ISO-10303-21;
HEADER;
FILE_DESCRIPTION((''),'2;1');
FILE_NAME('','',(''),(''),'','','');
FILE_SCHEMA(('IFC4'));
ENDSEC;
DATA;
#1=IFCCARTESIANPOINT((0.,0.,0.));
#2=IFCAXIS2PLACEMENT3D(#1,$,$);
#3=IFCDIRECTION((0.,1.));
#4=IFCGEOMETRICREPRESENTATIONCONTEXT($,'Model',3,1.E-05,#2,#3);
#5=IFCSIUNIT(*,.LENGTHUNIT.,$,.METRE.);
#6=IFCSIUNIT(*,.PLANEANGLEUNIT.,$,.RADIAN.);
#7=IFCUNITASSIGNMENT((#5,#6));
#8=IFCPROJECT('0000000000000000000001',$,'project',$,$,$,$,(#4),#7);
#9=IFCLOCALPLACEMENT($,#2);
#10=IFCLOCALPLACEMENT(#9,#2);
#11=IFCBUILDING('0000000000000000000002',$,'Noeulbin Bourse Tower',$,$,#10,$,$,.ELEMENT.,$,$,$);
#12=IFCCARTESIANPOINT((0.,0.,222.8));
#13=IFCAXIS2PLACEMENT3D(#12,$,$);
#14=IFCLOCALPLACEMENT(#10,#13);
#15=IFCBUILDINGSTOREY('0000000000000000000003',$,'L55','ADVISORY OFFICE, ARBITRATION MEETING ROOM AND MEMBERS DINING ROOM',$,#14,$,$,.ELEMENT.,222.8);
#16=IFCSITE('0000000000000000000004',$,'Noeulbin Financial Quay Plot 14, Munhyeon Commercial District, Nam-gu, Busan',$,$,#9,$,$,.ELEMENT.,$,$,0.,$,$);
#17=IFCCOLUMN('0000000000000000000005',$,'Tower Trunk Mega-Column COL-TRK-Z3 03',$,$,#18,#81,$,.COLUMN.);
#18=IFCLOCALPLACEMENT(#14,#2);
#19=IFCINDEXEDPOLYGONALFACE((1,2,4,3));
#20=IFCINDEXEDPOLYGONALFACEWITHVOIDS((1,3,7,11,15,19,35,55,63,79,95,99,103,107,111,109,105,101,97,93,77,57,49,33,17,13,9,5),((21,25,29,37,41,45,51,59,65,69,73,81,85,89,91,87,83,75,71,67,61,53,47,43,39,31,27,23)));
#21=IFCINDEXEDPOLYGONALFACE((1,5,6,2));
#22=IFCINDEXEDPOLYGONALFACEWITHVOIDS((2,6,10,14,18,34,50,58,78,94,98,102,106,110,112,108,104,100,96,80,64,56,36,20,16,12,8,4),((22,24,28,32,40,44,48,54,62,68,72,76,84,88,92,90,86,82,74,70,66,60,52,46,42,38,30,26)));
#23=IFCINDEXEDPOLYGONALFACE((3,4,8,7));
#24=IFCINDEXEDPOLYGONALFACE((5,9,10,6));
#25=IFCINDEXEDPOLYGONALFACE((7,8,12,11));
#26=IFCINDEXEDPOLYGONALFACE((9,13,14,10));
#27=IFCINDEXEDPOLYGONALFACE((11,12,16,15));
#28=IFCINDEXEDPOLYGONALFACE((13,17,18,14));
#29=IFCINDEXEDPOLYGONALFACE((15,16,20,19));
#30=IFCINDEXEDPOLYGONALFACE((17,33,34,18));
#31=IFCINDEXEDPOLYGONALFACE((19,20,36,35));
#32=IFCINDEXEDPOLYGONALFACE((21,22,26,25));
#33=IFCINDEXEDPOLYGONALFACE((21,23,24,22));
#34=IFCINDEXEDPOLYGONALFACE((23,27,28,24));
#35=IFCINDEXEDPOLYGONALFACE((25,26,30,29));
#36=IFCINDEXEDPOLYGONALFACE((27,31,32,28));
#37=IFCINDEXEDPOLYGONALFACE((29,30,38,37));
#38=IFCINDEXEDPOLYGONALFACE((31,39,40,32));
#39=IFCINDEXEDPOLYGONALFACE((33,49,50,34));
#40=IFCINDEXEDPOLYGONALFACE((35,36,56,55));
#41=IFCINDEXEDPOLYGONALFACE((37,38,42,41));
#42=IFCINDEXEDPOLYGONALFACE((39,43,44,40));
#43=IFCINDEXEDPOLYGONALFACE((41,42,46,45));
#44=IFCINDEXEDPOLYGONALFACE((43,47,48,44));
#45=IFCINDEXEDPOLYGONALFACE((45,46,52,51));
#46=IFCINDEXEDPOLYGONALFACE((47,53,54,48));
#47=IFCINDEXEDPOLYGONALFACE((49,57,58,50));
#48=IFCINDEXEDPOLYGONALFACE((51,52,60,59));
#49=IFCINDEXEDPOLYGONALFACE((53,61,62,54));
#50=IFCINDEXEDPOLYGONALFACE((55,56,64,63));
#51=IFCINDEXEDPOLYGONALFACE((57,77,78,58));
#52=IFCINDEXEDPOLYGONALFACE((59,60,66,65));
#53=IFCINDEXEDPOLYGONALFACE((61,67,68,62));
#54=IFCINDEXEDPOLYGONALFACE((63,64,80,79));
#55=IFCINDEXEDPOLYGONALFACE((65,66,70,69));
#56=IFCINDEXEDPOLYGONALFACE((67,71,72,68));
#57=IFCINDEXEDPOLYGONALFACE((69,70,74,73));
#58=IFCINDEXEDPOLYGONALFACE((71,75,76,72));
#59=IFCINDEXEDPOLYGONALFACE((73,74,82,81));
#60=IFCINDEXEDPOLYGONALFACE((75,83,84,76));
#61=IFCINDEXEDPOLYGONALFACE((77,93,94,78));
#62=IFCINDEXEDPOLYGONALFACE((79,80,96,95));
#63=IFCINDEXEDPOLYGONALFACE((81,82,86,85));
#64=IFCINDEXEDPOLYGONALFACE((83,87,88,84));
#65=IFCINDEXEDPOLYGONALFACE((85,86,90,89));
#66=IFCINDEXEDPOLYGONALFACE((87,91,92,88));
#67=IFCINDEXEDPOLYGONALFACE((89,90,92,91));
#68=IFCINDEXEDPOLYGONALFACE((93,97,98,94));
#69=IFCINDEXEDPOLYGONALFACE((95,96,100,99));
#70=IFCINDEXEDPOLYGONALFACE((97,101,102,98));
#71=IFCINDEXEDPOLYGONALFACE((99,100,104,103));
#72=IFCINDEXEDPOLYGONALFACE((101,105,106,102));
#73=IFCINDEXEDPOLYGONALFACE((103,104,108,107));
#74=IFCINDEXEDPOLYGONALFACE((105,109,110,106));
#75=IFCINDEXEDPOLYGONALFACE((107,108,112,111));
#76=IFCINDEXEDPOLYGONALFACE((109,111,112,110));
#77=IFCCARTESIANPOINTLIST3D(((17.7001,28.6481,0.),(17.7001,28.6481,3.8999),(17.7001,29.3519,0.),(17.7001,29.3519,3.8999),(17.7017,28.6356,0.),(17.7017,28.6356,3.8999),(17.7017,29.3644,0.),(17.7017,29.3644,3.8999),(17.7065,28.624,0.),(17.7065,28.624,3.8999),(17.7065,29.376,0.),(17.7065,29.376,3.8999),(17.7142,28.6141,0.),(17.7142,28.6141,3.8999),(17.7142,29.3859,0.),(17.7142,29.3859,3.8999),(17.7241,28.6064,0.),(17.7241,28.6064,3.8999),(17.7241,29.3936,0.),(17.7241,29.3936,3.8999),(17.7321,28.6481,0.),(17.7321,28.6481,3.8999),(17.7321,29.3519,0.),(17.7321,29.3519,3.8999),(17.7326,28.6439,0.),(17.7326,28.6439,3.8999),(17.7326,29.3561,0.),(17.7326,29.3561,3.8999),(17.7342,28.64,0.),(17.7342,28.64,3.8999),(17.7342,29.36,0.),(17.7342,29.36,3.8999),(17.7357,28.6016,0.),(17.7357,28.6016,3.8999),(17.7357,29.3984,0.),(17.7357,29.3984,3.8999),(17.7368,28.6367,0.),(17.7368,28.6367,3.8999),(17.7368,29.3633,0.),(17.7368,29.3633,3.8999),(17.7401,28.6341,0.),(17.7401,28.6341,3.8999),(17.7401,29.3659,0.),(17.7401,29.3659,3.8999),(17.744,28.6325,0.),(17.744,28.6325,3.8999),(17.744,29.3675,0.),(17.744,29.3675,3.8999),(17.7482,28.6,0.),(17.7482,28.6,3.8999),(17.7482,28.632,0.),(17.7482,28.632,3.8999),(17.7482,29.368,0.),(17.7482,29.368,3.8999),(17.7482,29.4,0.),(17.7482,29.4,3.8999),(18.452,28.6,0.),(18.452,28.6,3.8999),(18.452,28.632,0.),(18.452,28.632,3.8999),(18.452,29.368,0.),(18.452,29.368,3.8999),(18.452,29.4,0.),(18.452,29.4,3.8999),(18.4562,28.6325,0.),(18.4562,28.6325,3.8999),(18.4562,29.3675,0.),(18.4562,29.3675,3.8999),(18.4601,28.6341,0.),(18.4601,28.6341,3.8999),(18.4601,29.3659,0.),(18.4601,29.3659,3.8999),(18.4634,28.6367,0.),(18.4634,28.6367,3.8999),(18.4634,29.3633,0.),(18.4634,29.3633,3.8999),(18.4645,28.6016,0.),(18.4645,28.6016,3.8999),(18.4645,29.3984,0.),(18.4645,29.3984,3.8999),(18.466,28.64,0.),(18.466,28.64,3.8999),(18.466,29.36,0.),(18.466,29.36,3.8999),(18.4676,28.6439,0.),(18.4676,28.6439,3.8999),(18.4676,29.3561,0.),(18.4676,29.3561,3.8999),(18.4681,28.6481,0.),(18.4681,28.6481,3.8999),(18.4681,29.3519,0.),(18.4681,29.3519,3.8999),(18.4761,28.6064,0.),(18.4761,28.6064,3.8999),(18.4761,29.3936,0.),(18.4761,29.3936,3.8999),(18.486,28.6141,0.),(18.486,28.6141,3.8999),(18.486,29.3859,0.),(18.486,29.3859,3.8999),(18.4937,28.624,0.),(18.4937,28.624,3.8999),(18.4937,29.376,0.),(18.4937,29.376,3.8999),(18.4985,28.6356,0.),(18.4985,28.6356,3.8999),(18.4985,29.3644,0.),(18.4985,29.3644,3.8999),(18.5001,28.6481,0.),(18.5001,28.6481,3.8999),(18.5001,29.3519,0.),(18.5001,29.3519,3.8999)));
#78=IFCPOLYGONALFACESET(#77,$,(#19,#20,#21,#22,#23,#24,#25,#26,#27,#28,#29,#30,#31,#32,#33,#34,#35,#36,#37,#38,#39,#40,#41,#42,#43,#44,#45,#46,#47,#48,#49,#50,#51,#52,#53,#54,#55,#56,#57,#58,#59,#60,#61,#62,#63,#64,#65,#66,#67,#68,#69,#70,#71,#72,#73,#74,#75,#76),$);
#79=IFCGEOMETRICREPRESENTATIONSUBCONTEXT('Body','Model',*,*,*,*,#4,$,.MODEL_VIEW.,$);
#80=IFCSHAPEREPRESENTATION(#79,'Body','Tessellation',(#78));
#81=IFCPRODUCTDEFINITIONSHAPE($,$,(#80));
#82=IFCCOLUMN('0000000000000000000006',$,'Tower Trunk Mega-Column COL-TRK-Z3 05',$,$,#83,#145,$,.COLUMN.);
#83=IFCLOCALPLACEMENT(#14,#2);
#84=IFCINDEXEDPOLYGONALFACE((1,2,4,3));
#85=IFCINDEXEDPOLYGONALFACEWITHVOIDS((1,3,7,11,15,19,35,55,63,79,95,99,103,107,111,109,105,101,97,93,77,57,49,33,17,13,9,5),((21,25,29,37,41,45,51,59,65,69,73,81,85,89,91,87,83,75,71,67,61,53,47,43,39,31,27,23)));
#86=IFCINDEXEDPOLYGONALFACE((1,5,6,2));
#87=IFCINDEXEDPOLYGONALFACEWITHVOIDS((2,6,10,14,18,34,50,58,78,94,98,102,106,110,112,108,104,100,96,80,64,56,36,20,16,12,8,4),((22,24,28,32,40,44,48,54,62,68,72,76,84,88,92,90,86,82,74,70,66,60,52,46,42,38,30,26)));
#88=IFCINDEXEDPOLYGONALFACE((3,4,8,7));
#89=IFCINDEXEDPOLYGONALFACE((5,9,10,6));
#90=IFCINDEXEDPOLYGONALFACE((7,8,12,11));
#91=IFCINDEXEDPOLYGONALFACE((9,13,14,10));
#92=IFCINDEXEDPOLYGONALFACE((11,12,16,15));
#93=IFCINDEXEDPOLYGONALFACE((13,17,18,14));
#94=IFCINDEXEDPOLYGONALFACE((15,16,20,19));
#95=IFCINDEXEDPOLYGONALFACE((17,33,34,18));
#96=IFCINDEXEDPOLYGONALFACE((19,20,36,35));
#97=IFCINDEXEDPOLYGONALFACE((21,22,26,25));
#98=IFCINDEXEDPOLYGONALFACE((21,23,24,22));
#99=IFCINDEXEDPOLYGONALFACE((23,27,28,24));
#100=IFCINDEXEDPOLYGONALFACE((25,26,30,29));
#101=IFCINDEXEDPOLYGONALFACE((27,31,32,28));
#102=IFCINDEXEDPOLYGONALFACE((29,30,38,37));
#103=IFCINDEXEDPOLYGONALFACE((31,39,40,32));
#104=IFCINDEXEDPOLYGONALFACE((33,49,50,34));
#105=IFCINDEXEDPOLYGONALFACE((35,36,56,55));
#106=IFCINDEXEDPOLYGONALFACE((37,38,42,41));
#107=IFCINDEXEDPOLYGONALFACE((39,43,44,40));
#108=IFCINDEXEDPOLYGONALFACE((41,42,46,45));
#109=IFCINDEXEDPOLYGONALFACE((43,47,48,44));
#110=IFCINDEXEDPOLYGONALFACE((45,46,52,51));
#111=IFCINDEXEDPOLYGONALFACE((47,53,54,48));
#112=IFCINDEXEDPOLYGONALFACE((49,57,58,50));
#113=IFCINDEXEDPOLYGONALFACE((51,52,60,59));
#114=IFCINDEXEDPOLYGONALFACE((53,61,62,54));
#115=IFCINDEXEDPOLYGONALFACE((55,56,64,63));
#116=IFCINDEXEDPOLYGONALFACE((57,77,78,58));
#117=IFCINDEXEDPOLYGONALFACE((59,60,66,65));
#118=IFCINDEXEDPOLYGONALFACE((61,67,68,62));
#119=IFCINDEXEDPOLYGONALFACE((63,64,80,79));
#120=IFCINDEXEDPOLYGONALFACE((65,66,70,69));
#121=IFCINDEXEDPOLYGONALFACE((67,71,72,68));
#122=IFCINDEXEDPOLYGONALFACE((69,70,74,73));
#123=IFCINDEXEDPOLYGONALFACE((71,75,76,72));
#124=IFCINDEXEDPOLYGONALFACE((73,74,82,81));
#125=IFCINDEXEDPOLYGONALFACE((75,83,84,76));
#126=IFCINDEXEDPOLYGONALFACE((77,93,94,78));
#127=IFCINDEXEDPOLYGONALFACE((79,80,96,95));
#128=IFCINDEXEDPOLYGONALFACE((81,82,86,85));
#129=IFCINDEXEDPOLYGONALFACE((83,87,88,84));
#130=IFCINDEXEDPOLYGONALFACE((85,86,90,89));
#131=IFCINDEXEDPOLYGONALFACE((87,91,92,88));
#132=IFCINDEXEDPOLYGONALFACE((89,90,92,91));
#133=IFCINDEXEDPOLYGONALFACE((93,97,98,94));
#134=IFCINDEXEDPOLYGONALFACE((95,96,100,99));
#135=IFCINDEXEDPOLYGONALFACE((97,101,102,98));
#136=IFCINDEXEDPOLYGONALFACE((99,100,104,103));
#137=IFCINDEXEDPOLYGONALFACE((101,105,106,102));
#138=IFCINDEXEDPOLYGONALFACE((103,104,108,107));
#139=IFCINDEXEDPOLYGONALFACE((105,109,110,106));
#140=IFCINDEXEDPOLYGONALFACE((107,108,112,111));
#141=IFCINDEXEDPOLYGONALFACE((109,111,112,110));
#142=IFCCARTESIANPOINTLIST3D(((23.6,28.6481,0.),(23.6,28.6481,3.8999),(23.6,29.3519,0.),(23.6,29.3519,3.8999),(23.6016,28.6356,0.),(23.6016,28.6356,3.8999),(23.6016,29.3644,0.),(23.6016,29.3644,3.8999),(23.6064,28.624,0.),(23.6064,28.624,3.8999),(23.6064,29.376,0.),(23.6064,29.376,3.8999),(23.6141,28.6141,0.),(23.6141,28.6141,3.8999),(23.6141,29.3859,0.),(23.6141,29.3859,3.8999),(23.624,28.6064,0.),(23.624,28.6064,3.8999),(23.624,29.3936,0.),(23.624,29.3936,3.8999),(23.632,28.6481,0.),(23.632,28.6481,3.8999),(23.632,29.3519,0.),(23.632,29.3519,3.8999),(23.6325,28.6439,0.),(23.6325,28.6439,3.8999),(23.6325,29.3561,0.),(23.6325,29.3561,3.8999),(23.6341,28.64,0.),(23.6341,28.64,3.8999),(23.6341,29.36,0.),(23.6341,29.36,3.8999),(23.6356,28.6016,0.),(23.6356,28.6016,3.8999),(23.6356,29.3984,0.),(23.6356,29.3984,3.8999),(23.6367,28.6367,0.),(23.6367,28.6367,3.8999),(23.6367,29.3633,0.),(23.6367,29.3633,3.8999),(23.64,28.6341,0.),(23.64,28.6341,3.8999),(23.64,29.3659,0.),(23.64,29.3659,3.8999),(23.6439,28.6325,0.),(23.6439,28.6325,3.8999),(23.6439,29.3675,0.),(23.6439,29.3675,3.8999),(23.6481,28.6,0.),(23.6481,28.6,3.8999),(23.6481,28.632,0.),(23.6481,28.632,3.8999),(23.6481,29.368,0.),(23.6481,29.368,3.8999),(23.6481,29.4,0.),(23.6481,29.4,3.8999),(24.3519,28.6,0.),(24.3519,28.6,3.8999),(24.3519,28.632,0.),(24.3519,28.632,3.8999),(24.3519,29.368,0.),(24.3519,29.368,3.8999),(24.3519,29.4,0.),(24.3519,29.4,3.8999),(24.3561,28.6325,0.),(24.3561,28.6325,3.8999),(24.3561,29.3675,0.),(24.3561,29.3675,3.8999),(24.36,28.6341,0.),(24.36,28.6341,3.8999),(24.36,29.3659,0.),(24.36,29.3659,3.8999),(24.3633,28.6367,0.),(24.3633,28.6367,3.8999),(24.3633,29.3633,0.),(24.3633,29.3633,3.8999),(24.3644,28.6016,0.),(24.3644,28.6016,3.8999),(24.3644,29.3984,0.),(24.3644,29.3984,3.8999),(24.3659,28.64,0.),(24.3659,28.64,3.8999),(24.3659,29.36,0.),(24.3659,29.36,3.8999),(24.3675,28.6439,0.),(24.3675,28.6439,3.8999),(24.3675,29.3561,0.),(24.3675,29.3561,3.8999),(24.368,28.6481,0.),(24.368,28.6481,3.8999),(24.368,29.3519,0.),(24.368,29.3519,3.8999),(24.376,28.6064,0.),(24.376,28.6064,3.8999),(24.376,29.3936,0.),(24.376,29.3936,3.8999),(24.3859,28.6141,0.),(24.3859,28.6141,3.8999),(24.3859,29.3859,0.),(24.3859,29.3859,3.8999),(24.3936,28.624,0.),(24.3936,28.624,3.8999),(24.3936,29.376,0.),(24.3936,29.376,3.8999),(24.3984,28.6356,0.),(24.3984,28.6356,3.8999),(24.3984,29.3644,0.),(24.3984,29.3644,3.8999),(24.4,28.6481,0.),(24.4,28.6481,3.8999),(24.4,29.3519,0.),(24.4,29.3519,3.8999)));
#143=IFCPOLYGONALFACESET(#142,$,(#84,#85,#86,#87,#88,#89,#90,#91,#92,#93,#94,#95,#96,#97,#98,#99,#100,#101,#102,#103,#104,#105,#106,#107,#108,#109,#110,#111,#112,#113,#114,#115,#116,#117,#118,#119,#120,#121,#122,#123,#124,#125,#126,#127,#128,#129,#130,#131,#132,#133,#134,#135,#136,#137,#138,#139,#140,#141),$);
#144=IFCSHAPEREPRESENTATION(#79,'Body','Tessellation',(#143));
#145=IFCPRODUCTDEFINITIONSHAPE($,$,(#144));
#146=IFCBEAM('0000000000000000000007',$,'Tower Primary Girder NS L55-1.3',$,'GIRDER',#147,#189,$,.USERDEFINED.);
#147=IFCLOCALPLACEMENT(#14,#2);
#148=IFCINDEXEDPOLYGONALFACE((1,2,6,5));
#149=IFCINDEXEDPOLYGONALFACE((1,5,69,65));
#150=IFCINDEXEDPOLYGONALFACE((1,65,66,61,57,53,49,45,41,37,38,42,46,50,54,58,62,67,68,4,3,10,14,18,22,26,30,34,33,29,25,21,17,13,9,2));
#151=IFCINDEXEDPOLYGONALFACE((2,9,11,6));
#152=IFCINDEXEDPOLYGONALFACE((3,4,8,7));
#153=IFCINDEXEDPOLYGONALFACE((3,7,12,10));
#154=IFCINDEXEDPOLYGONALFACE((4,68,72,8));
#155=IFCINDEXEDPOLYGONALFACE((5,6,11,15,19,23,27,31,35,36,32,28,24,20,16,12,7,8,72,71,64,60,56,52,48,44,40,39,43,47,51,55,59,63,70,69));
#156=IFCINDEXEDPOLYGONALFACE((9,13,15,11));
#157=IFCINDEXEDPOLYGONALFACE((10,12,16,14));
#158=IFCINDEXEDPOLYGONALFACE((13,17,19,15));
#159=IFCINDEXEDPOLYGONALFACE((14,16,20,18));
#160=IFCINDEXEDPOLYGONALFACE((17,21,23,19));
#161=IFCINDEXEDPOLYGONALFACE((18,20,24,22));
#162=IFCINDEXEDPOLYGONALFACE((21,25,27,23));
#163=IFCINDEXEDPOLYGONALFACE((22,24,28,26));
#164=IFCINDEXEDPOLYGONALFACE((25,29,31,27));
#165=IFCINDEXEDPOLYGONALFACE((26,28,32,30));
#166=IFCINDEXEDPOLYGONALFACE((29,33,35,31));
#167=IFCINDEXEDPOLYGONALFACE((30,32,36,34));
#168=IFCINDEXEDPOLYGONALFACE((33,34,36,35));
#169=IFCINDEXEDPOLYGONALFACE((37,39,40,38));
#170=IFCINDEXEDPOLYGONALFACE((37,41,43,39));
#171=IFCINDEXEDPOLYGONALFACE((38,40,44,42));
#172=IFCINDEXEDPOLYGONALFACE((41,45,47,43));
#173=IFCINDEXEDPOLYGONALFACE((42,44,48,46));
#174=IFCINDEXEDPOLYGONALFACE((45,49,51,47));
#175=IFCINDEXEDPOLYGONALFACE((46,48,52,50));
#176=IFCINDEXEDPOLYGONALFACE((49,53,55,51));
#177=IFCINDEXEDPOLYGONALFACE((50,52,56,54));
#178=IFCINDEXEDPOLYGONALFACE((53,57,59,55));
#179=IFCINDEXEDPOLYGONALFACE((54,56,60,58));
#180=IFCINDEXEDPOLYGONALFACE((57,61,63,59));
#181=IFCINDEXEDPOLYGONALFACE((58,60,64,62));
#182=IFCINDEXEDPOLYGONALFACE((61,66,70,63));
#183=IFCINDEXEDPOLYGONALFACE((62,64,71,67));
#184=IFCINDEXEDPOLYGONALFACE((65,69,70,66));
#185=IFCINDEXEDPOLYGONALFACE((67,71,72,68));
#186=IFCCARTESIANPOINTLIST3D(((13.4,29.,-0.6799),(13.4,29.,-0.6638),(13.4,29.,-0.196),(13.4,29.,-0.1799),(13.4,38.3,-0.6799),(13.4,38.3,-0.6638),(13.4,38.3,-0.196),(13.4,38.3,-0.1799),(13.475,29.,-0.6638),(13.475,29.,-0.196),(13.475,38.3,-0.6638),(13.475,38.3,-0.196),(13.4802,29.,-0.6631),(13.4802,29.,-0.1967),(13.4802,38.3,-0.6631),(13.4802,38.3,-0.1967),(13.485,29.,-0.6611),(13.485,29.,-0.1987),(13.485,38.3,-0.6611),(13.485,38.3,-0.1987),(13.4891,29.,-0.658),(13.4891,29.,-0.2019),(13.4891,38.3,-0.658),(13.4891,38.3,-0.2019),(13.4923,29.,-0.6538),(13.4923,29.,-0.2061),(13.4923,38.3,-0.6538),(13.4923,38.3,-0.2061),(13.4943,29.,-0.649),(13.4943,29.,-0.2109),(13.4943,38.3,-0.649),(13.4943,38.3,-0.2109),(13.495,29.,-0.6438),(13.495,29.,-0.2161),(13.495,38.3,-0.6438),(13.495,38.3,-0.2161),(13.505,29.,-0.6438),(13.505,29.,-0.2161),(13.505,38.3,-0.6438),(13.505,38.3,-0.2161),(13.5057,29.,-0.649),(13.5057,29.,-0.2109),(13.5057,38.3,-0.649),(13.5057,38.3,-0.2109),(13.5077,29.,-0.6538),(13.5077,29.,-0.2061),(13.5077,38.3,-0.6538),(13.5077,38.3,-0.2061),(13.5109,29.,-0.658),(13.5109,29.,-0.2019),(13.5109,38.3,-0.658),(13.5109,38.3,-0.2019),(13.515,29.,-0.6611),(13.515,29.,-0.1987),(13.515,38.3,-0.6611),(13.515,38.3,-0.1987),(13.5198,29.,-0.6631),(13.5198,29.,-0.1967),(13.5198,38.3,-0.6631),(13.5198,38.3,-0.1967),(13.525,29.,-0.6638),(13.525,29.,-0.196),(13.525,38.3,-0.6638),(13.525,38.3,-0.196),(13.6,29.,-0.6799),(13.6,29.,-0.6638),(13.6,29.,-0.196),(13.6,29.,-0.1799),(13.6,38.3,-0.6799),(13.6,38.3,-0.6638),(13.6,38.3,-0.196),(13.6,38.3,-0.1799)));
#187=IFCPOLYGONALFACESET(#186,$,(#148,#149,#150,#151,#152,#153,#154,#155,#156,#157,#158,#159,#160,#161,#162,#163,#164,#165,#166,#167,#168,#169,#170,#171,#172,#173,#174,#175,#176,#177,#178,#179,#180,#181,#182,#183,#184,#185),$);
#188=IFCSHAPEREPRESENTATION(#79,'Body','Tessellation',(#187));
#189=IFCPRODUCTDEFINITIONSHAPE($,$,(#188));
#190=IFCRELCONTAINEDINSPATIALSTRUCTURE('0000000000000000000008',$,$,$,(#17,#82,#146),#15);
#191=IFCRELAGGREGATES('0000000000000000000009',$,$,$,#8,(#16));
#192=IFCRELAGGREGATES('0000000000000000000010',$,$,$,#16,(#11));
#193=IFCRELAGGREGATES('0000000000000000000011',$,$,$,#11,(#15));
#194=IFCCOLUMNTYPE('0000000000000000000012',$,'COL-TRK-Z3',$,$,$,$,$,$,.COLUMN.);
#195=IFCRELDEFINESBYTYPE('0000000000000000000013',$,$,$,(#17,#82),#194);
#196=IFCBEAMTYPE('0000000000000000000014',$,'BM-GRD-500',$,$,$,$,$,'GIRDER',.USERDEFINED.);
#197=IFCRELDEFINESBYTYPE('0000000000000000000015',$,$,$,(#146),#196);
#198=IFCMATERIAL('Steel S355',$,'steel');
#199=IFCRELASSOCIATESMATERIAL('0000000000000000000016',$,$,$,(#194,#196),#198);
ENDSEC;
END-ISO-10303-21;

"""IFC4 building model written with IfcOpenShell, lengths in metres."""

from ifc_helpers import new_model, si_unit, direction, frame, origin, origin_2d, place, context, subcontext, project, spatial, hollow_rectangle, i_section, extrude, material, material_profile, profile_set, type_object, element, save


model = new_model("IFC4")

# Units and contexts
model_context = context("Model", 3, precision=1e-05, world=origin(), true_north=direction((0.0, 1.0)))
body_context = subcontext(model_context, "Body", "Model", "MODEL_VIEW")
ifc_project = project(units=[si_unit("LENGTHUNIT", "METRE"), si_unit("PLANEANGLEUNIT", "RADIAN")], contexts=[model_context])

# Site, building, storey
site_placement = place(None, origin())
site = spatial("IfcSite", under=ifc_project, at=site_placement, Name="Noeulbin Financial Quay Plot 14, Munhyeon Commercial District, Nam-gu, Busan", CompositionType="ELEMENT", RefElevation=0.0)
building_placement = place(site_placement, origin())
building = spatial("IfcBuilding", under=site, at=building_placement, Name="Noeulbin Bourse Tower", CompositionType="ELEMENT")
storey_placement = place(building_placement, frame((0.0, 0.0, 222.8)))
storey = spatial("IfcBuildingStorey", under=building, at=storey_placement, Name="L55", Description="ADVISORY OFFICE, ARBITRATION MEETING ROOM AND MEMBERS DINING ROOM", CompositionType="ELEMENT", Elevation=222.8)

# Columns
ifc_material_1 = material(Name="Steel S355", Category="steel")
ifc_material_profile_1 = material_profile(ifc_material_1, hollow_rectangle(XDim=0.8, YDim=0.8, WallThickness=0.032, InnerFilletRadius=0.0161, OuterFilletRadius=0.0481, at=origin_2d()), Name="BOX-800x800x32", Category="LoadBearing")
ifc_profile_set_1 = profile_set([ifc_material_profile_1], Name="Steel S355")
column_type = type_object("IfcColumnType", Name="COL-TRK-Z3", PredefinedType="COLUMN", material=ifc_profile_set_1)
for number, where, z_axis, x_axis, name in (
    (1, (18.1001, 29.0, 0.0), (0.0, 0.0, 1.0), (1.0, 0.0, 0.0), "Tower Trunk Mega-Column COL-TRK-Z3 03"),
    (2, (24.0, 29.0, 0.0), (0.0, 0.0, 1.0), (1.0, 0.0, 0.0), "Tower Trunk Mega-Column COL-TRK-Z3 05"),
):
    element("IfcColumn", number, at=place(storey_placement, frame(where, z_axis=z_axis, x_axis=x_axis)), inside=storey, type_object=column_type, Name=name, PredefinedType="COLUMN", context=body_context, shape_type="SweptSolid", body=[
        extrude(hollow_rectangle(XDim=0.8, YDim=0.8, WallThickness=0.032, InnerFilletRadius=0.0161, OuterFilletRadius=0.0481, at=origin_2d()), origin(), (0.0, 0.0, 1.0), 3.8999),
    ])

# Beam
ifc_material_profile_2 = material_profile(ifc_material_1, i_section(OverallWidth=0.2, OverallDepth=0.5, WebThickness=0.01, FlangeThickness=0.0161, FilletRadius=0.02, at=origin_2d()), Name="H-500x200x10x16", Category="LoadBearing")
ifc_profile_set_2 = profile_set([ifc_material_profile_2], Name="Steel S355")
beam_type_1 = type_object("IfcBeamType", Name="BM-GRD-500", ElementType="GIRDER", PredefinedType="USERDEFINED", material=ifc_profile_set_2)
beam_placement = place(storey_placement, frame((13.5, 29.0, -0.4299), z_axis=(0.0, 1.0, 0.0), x_axis=(-1.0, 0.0, 0.0)))
element("IfcBeam", 3, at=beam_placement, inside=storey, type_object=beam_type_1, Name="Tower Primary Girder NS L55-1.3", ObjectType="GIRDER", PredefinedType="USERDEFINED", context=body_context, shape_type="SweptSolid", body=[
    extrude(i_section(OverallWidth=0.2, OverallDepth=0.5, WebThickness=0.01, FlangeThickness=0.0161, FilletRadius=0.02, at=origin_2d()), origin(), (0.0, 0.0, 1.0), 9.3),
])

save(model, "model.ifc")
